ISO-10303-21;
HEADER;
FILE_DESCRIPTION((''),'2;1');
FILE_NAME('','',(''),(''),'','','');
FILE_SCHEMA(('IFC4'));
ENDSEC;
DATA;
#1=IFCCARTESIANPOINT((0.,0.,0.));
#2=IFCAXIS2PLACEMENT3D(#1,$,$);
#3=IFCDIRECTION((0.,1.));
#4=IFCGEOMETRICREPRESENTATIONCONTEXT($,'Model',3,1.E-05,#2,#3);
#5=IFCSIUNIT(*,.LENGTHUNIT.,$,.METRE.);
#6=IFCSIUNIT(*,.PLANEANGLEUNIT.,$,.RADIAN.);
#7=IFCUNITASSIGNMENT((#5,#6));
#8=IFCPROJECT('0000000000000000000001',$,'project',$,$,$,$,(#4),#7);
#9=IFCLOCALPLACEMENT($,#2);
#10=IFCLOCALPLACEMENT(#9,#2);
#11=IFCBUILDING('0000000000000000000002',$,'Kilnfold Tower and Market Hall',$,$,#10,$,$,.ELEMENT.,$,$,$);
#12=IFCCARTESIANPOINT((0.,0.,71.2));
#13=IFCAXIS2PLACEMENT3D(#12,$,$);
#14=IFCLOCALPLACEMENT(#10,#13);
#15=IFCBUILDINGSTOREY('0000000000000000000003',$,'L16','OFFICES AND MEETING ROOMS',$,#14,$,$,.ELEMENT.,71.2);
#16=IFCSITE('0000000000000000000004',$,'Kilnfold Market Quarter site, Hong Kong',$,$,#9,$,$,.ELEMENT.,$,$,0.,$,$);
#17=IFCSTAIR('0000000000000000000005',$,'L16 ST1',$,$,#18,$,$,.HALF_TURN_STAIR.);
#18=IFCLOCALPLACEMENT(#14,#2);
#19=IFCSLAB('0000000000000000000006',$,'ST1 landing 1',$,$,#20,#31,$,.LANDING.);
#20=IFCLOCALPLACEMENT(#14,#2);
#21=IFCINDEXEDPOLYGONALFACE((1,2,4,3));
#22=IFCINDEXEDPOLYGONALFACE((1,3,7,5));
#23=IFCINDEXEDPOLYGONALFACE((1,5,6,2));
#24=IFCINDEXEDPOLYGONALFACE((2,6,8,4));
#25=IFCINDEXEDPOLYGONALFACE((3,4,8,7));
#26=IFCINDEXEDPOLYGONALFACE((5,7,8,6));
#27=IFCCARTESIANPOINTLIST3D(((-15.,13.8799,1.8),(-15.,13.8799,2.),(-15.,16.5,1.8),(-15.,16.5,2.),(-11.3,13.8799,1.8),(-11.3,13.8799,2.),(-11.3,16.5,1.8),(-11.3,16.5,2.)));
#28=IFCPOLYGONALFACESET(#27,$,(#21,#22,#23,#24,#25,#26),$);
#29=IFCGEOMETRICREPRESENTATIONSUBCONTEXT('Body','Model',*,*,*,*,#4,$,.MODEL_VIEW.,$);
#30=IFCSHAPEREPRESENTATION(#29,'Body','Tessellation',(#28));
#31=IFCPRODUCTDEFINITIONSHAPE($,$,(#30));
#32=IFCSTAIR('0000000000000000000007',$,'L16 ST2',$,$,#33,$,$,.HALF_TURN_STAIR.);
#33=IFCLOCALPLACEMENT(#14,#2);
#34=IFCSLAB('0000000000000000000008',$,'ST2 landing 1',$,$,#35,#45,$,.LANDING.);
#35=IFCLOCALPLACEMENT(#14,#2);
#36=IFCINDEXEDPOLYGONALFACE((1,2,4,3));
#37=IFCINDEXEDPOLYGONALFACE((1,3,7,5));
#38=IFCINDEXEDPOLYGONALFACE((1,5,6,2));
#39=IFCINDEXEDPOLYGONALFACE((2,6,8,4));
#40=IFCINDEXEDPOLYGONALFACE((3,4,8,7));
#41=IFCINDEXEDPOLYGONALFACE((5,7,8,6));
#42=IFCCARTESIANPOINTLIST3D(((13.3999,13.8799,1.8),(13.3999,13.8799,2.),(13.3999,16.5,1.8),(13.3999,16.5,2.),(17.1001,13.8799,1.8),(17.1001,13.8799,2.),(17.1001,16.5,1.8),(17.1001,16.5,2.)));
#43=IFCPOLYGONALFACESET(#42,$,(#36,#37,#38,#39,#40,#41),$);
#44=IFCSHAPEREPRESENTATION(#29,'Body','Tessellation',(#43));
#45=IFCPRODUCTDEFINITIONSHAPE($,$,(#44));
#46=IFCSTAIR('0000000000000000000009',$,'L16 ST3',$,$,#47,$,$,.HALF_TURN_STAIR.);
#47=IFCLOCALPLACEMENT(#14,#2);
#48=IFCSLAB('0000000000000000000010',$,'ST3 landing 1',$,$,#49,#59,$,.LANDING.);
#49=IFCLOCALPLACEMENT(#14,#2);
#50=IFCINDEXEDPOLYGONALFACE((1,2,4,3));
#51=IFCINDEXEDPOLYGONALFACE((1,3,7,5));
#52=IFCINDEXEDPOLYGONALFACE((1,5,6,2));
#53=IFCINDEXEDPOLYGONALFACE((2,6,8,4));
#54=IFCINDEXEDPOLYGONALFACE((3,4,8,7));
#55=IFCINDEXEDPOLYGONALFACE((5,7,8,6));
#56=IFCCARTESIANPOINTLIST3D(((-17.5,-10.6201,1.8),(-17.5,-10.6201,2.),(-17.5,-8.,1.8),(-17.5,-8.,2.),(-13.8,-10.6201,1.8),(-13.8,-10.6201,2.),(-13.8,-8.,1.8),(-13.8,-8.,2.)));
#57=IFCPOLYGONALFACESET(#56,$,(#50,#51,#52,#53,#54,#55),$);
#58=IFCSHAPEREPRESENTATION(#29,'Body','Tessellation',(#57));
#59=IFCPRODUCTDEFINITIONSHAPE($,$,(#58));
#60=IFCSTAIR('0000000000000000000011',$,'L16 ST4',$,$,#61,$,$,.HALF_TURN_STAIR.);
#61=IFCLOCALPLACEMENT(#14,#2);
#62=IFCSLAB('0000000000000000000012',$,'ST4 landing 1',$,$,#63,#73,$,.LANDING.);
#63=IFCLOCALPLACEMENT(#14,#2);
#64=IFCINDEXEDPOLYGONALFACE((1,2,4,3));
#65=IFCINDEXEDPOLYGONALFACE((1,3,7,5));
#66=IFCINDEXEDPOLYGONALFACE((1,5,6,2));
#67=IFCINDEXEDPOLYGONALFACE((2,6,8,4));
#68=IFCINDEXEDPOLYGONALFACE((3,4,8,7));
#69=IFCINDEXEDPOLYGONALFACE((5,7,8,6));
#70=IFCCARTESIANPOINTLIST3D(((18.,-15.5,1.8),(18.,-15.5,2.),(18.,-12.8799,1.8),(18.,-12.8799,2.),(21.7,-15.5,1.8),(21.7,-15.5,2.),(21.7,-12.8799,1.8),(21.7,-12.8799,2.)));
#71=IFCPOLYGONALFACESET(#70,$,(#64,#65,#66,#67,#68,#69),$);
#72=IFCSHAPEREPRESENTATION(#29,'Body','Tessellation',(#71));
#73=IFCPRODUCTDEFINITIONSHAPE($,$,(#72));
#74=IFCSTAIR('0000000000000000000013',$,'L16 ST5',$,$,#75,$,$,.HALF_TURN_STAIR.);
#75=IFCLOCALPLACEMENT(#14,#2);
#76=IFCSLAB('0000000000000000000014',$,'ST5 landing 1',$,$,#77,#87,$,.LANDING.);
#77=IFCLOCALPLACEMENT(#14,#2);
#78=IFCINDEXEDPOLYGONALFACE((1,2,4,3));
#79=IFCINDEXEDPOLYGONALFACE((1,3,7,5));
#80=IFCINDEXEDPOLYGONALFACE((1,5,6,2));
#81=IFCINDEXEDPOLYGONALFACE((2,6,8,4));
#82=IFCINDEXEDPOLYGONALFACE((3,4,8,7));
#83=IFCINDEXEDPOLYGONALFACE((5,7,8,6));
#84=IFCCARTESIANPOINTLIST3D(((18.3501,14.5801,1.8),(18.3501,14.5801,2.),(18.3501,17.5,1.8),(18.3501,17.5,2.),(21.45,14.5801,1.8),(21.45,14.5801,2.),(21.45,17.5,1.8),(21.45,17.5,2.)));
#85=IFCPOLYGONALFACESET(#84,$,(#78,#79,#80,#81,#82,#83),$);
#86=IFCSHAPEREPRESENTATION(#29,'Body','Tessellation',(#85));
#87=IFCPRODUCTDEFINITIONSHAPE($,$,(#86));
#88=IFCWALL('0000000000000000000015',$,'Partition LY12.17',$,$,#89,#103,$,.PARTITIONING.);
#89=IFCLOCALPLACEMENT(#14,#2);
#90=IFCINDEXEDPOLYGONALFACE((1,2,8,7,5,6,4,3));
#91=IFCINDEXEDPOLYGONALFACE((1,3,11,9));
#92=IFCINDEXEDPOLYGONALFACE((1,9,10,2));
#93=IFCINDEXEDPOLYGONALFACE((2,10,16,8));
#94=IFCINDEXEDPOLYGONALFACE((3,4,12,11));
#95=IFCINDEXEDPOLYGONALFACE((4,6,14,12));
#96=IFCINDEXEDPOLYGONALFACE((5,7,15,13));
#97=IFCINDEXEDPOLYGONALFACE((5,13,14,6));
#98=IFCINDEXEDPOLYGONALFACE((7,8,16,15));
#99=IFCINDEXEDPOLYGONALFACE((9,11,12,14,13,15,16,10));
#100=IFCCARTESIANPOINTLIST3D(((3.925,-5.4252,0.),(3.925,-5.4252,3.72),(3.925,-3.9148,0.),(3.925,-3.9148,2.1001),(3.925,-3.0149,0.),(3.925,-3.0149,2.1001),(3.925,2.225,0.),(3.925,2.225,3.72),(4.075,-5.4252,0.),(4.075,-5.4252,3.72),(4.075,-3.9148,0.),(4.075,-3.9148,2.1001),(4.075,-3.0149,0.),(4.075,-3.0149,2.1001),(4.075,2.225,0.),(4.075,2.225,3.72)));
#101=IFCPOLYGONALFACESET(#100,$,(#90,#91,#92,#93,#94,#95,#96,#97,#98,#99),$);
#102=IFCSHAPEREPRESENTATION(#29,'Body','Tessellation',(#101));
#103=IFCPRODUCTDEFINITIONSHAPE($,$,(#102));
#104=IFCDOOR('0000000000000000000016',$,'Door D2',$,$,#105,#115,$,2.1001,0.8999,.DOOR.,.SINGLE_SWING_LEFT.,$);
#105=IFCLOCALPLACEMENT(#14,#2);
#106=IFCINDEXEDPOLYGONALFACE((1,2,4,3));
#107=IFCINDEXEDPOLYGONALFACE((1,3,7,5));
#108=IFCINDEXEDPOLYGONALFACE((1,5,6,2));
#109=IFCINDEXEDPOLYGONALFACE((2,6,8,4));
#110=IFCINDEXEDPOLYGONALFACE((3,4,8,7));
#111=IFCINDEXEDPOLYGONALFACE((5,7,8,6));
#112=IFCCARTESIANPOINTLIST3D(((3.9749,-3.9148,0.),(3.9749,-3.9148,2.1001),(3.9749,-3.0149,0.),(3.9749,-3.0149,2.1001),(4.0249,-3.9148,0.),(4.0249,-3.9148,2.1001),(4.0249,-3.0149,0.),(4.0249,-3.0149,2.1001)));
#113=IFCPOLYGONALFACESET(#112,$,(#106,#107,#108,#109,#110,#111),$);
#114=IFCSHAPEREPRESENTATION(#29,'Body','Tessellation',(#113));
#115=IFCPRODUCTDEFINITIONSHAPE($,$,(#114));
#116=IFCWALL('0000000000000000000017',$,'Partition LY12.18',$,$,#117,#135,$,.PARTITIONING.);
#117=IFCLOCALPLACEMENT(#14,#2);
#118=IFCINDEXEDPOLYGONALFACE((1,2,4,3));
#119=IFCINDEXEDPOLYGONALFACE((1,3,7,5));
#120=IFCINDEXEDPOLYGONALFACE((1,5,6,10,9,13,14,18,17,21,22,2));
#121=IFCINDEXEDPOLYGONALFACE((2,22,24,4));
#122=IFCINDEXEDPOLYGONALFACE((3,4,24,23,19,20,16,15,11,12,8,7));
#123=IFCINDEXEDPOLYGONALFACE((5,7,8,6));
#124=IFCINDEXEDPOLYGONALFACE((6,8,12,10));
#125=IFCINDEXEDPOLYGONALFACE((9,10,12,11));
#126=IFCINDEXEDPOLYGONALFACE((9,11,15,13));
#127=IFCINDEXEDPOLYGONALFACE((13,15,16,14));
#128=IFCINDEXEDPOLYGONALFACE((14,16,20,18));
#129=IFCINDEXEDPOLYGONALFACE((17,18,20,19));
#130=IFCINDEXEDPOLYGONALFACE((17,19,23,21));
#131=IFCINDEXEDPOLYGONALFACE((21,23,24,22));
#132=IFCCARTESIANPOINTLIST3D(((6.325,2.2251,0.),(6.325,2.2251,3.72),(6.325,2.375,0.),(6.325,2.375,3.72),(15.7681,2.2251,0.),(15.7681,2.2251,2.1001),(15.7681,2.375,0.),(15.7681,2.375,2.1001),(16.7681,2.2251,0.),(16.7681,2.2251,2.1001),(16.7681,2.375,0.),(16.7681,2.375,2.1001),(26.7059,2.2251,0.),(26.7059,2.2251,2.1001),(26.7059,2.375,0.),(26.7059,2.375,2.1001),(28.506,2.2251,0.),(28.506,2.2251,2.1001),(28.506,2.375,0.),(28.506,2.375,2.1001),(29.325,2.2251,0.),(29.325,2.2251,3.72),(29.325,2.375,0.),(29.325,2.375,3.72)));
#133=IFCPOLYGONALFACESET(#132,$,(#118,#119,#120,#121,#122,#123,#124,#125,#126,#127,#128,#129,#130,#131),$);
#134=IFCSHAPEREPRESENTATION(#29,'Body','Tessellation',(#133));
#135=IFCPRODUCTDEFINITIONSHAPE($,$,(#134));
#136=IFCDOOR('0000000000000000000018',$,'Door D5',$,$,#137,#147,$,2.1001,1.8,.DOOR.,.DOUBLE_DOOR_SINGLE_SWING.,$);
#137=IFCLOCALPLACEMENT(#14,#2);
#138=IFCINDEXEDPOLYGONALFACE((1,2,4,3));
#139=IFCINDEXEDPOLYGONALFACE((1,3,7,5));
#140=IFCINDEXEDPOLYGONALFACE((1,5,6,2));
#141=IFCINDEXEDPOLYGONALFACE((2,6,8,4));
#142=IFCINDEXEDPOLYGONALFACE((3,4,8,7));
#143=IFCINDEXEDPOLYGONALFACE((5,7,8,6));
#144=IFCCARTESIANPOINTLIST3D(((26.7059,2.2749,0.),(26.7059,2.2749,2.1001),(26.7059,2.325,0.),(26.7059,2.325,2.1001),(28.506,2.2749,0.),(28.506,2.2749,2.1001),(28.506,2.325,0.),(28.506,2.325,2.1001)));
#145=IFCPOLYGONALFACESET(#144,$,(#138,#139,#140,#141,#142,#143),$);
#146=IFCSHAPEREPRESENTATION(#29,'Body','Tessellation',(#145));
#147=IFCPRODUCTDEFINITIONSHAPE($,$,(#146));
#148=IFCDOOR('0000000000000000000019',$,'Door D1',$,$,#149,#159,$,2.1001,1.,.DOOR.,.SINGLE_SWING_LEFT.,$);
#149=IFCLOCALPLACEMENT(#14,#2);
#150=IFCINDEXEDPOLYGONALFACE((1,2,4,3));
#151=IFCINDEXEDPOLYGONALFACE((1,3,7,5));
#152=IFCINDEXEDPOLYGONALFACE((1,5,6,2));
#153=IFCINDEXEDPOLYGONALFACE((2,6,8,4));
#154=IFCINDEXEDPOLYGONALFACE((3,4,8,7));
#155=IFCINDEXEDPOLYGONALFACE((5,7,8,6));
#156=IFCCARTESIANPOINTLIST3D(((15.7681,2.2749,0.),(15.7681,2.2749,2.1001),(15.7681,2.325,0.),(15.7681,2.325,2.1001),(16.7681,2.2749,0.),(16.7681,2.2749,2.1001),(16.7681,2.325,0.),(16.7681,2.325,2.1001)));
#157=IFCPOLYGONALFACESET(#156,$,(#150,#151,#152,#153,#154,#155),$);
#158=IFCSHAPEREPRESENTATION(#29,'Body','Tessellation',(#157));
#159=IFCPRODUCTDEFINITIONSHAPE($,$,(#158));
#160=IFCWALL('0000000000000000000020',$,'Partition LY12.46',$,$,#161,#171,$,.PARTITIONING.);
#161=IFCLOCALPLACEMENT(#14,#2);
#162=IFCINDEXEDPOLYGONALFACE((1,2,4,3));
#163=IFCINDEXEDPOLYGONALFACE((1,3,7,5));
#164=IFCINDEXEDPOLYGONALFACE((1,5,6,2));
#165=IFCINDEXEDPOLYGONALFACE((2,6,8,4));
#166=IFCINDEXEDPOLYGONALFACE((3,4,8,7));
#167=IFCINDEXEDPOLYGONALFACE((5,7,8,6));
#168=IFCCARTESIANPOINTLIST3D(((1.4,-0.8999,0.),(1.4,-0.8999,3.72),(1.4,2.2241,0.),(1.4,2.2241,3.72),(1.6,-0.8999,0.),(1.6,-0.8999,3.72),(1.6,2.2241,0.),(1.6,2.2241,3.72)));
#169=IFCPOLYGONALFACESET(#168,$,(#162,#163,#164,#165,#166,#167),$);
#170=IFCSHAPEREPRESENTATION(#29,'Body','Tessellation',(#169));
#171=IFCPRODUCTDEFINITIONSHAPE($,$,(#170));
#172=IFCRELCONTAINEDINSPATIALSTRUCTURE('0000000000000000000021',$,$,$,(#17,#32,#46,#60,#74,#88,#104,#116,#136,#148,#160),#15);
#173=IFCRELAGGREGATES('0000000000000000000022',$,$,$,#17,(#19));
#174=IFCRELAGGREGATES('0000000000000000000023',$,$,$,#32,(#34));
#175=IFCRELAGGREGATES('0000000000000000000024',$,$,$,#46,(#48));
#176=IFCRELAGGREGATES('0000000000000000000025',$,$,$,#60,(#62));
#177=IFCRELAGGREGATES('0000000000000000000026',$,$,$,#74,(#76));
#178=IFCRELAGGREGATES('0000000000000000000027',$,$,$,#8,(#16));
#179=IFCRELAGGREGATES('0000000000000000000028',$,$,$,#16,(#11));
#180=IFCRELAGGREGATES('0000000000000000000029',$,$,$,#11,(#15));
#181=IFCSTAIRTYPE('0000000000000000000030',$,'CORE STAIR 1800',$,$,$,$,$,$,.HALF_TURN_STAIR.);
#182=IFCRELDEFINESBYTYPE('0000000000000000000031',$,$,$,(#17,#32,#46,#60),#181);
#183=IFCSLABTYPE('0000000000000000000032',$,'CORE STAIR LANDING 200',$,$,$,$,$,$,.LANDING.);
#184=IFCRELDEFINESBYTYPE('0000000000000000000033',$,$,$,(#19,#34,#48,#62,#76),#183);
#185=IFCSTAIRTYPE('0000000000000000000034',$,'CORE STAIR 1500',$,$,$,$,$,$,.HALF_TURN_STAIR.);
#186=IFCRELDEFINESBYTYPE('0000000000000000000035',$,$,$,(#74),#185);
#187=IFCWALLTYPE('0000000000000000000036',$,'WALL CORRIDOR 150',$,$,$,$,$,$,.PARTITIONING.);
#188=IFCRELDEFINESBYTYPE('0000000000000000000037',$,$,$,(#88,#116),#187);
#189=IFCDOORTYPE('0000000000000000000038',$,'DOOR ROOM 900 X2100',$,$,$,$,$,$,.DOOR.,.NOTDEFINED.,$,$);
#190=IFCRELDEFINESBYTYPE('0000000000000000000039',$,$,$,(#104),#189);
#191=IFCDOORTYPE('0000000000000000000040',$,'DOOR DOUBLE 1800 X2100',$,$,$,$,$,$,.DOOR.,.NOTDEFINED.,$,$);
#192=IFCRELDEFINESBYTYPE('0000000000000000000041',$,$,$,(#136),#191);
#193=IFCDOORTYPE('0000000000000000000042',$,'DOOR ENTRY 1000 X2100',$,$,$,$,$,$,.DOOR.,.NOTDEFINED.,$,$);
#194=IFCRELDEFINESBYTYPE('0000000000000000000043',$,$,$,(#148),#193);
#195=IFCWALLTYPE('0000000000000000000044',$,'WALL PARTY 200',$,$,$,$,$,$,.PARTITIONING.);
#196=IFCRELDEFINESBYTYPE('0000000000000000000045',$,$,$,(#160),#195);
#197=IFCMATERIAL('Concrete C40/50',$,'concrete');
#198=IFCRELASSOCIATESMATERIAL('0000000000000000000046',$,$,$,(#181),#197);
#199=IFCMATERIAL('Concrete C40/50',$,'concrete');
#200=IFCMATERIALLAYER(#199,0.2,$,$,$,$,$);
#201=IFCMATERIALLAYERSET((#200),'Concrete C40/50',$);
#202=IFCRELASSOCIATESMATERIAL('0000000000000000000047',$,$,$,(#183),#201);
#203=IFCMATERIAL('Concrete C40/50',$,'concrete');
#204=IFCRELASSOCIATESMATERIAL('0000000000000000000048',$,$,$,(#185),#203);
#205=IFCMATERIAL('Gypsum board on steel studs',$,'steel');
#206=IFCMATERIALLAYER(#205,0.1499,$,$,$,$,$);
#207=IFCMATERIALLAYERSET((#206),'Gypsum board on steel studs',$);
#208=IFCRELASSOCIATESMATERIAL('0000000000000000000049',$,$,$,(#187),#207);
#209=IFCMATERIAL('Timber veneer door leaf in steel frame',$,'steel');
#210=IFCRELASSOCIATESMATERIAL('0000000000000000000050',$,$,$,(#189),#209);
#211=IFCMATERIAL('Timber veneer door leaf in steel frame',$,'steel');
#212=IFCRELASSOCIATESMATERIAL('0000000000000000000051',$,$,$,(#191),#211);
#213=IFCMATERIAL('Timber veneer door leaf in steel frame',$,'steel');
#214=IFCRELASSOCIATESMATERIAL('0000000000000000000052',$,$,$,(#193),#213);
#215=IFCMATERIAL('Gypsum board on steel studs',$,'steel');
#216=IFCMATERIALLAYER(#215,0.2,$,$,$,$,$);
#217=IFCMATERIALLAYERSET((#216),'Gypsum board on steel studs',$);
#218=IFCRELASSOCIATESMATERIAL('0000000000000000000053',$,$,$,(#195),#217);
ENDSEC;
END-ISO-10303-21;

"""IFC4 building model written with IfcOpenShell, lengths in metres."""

from ifc_helpers import new_model, si_unit, direction, frame, frame_2d, origin, place, context, subcontext, project, spatial, polyline, rectangle, outline, extrude, source, transform, mapped, material, layer, layer_set, type_object, element, fill, aggregate, save


model = new_model("IFC4")

# Units and contexts
model_context = context("Model", 3, precision=1e-05, world=origin(), true_north=direction((0.0, 1.0)))
body_context = subcontext(model_context, "Body", "Model", "MODEL_VIEW")
ifc_project = project(units=[si_unit("LENGTHUNIT", "METRE"), si_unit("PLANEANGLEUNIT", "RADIAN")], contexts=[model_context])

# Site, building, storey
site_placement = place(None, origin())
site = spatial("IfcSite", under=ifc_project, at=site_placement, Name="Kilnfold Market Quarter site, Hong Kong", CompositionType="ELEMENT", RefElevation=0.0)
building_placement = place(site_placement, origin())
building = spatial("IfcBuilding", under=site, at=building_placement, Name="Kilnfold Tower and Market Hall", CompositionType="ELEMENT")
storey_placement = place(building_placement, frame((0.0, 0.0, 71.2)))
storey = spatial("IfcBuildingStorey", under=building, at=storey_placement, Name="L16", Description="OFFICES AND MEETING ROOMS", CompositionType="ELEMENT", Elevation=71.2)

# Stairs, slabs
ifc_material_1 = material(Name="Concrete C40/50", Category="concrete")
stair_type_1 = type_object("IfcStairType", Name="CORE STAIR 1800", PredefinedType="HALF_TURN_STAIR", material=ifc_material_1)
stair_1_placement = place(storey_placement, origin())
stair_1 = element("IfcStair", 1, at=stair_1_placement, inside=storey, type_object=stair_type_1, Name="L16 ST1", PredefinedType="HALF_TURN_STAIR")
ifc_material_2 = material(Name="Concrete C40/50", Category="concrete")
ifc_layer_1 = layer(ifc_material_2, 0.2)
ifc_layer_set_1 = layer_set([ifc_layer_1], Name="Concrete C40/50")
slab_type = type_object("IfcSlabType", Name="CORE STAIR LANDING 200", PredefinedType="LANDING", material=ifc_layer_set_1)
shared_shape_1 = source(origin(), body_context, "Body", "SweptSolid", [
    extrude(outline(polyline([(-11.3, 13.8799), (-11.3, 16.5), (-15.0, 16.5), (-15.0, 13.8799), (-11.3, 13.8799)])), origin(), (0.0, 0.0, 1.0), 0.2),
])
slab_1_placement = place(storey_placement, frame((0.0, 0.0, 1.8)))
slab_1 = element("IfcSlab", 2, at=slab_1_placement, type_object=slab_type, Name="ST1 landing 1", PredefinedType="LANDING", context=body_context, shape_type="MappedRepresentation", body=[
    mapped(shared_shape_1, transform((0.0, 0.0, 0.0))),
])
aggregate(stair_1, [slab_1])
stair_2_placement = place(storey_placement, origin())
stair_2 = element("IfcStair", 3, at=stair_2_placement, inside=storey, type_object=stair_type_1, Name="L16 ST2", PredefinedType="HALF_TURN_STAIR")
shared_shape_2 = source(origin(), body_context, "Body", "SweptSolid", [
    extrude(outline(polyline([(17.1001, 13.8799), (17.1001, 16.5), (13.3999, 16.5), (13.3999, 13.8799), (17.1001, 13.8799)])), origin(), (0.0, 0.0, 1.0), 0.2),
])
slab_2_placement = place(storey_placement, frame((0.0, 0.0, 1.8)))
slab_2 = element("IfcSlab", 4, at=slab_2_placement, type_object=slab_type, Name="ST2 landing 1", PredefinedType="LANDING", context=body_context, shape_type="MappedRepresentation", body=[
    mapped(shared_shape_2, transform((0.0, 0.0, 0.0))),
])
aggregate(stair_2, [slab_2])
stair_3_placement = place(storey_placement, origin())
stair_3 = element("IfcStair", 5, at=stair_3_placement, inside=storey, type_object=stair_type_1, Name="L16 ST3", PredefinedType="HALF_TURN_STAIR")
shared_shape_3 = source(origin(), body_context, "Body", "SweptSolid", [
    extrude(outline(polyline([(-13.8, -10.6201), (-13.8, -8.0), (-17.5, -8.0), (-17.5, -10.6201), (-13.8, -10.6201)])), origin(), (0.0, 0.0, 1.0), 0.2),
])
slab_3_placement = place(storey_placement, frame((0.0, 0.0, 1.8)))
slab_3 = element("IfcSlab", 6, at=slab_3_placement, type_object=slab_type, Name="ST3 landing 1", PredefinedType="LANDING", context=body_context, shape_type="MappedRepresentation", body=[
    mapped(shared_shape_3, transform((0.0, 0.0, 0.0))),
])
aggregate(stair_3, [slab_3])
stair_4_placement = place(storey_placement, origin())
stair_4 = element("IfcStair", 7, at=stair_4_placement, inside=storey, type_object=stair_type_1, Name="L16 ST4", PredefinedType="HALF_TURN_STAIR")
shared_shape_4 = source(origin(), body_context, "Body", "SweptSolid", [
    extrude(outline(polyline([(18.0, -12.8799), (18.0, -15.5), (21.7, -15.5), (21.7, -12.8799), (18.0, -12.8799)])), origin(), (0.0, 0.0, 1.0), 0.2),
])
slab_4_placement = place(storey_placement, frame((0.0, 0.0, 1.8)))
slab_4 = element("IfcSlab", 8, at=slab_4_placement, type_object=slab_type, Name="ST4 landing 1", PredefinedType="LANDING", context=body_context, shape_type="MappedRepresentation", body=[
    mapped(shared_shape_4, transform((0.0, 0.0, 0.0))),
])
aggregate(stair_4, [slab_4])
ifc_material_3 = material(Name="Concrete C40/50", Category="concrete")
stair_type_2 = type_object("IfcStairType", Name="CORE STAIR 1500", PredefinedType="HALF_TURN_STAIR", material=ifc_material_3)
stair_5_placement = place(storey_placement, origin())
stair_5 = element("IfcStair", 9, at=stair_5_placement, inside=storey, type_object=stair_type_2, Name="L16 ST5", PredefinedType="HALF_TURN_STAIR")
shared_shape_5 = source(origin(), body_context, "Body", "SweptSolid", [
    extrude(outline(polyline([(21.45, 14.5801), (21.45, 17.5), (18.3501, 17.5), (18.3501, 14.5801), (21.45, 14.5801)])), origin(), (0.0, 0.0, 1.0), 0.2),
])
slab_5_placement = place(storey_placement, frame((0.0, 0.0, 1.8)))
slab_5 = element("IfcSlab", 10, at=slab_5_placement, type_object=slab_type, Name="ST5 landing 1", PredefinedType="LANDING", context=body_context, shape_type="MappedRepresentation", body=[
    mapped(shared_shape_5, transform((0.0, 0.0, 0.0))),
])
aggregate(stair_5, [slab_5])

# Wall, opening, door
ifc_material_4 = material(Name="Gypsum board on steel studs", Category="steel")
ifc_layer_2 = layer(ifc_material_4, 0.1499)
ifc_layer_set_2 = layer_set([ifc_layer_2], Name="Gypsum board on steel studs")
wall_type_1 = type_object("IfcWallType", Name="WALL CORRIDOR 150", PredefinedType="PARTITIONING", material=ifc_layer_set_2)
wall_1_placement = place(storey_placement, frame((4.0, 2.2251, 0.0), z_axis=(0.0, 0.0, 1.0), x_axis=(0.0, -1.0, 0.0)))
wall_1 = element("IfcWall", 11, at=wall_1_placement, inside=storey, type_object=wall_type_1, Name="Partition LY12.17", PredefinedType="PARTITIONING", context=body_context, shape_type="SweptSolid", body=[
    extrude(rectangle(XDim=7.6501, YDim=0.1499, at=frame_2d((3.8252, 0.0))), origin(), (0.0, 0.0, 1.0), 3.72),
])
opening_1_placement = place(wall_1_placement, frame((5.24, 0.0, 0.0)))
opening_1 = element("IfcOpeningElement", 12, at=opening_1_placement, cuts=wall_1, PredefinedType="OPENING", context=body_context, shape_type="SweptSolid", body=[
    extrude(rectangle(XDim=0.8999, YDim=2.1001, at=frame_2d((0.45, 1.05))), frame((0.0, 0.085, 0.0), z_axis=(0.0, -1.0, 0.0), x_axis=(1.0, 0.0, 0.0)), (0.0, 0.0, 1.0), 0.1699),
])
ifc_material_5 = material(Name="Timber veneer door leaf in steel frame", Category="steel")
door_type_1 = type_object("IfcDoorType", Name="DOOR ROOM 900 X2100", OperationType="NOTDEFINED", PredefinedType="DOOR", material=ifc_material_5)
door_1_placement = place(opening_1_placement, origin())
door_1 = element("IfcDoor", 13, at=door_1_placement, inside=storey, type_object=door_type_1, Name="Door D2", OperationType="SINGLE_SWING_LEFT", OverallHeight=2.1001, OverallWidth=0.8999, PredefinedType="DOOR", context=body_context, shape_type="SweptSolid", body=[
    extrude(rectangle(XDim=0.8999, YDim=2.1001, at=frame_2d((0.45, 1.05))), frame((0.0, 0.0249, 0.0), z_axis=(0.0, -1.0, 0.0), x_axis=(1.0, 0.0, 0.0)), (0.0, 0.0, 1.0), 0.05),
])
fill(opening_1, door_1)

# Wall, openings, doors
wall_2_placement = place(storey_placement, frame((6.325, 2.3, 0.0), z_axis=(0.0, 0.0, 1.0), x_axis=(1.0, 0.0, 0.0)))
wall_2 = element("IfcWall", 14, at=wall_2_placement, inside=storey, type_object=wall_type_1, Name="Partition LY12.18", PredefinedType="PARTITIONING", context=body_context, shape_type="SweptSolid", body=[
    extrude(rectangle(XDim=23.0, YDim=0.1499, at=frame_2d((11.5, 0.0))), origin(), (0.0, 0.0, 1.0), 3.72),
])
opening_2_placement = place(wall_2_placement, frame((9.4431, 0.0, 0.0)))
opening_2 = element("IfcOpeningElement", 15, at=opening_2_placement, cuts=wall_2, PredefinedType="OPENING", context=body_context, shape_type="SweptSolid", body=[
    extrude(rectangle(XDim=1.0, YDim=2.1001, at=frame_2d((0.5, 1.05))), frame((0.0, 0.085, 0.0), z_axis=(0.0, -1.0, 0.0), x_axis=(1.0, 0.0, 0.0)), (0.0, 0.0, 1.0), 0.1699),
])
opening_3_placement = place(wall_2_placement, frame((20.3811, 0.0, 0.0)))
opening_3 = element("IfcOpeningElement", 16, at=opening_3_placement, cuts=wall_2, PredefinedType="OPENING", context=body_context, shape_type="SweptSolid", body=[
    extrude(rectangle(XDim=1.8, YDim=2.1001, at=frame_2d((0.8999, 1.05))), frame((0.0, 0.085, 0.0), z_axis=(0.0, -1.0, 0.0), x_axis=(1.0, 0.0, 0.0)), (0.0, 0.0, 1.0), 0.1699),
])
ifc_material_6 = material(Name="Timber veneer door leaf in steel frame", Category="steel")
door_type_2 = type_object("IfcDoorType", Name="DOOR DOUBLE 1800 X2100", OperationType="NOTDEFINED", PredefinedType="DOOR", material=ifc_material_6)
door_2_placement = place(opening_3_placement, origin())
door_2 = element("IfcDoor", 17, at=door_2_placement, inside=storey, type_object=door_type_2, Name="Door D5", OperationType="DOUBLE_DOOR_SINGLE_SWING", OverallHeight=2.1001, OverallWidth=1.8, PredefinedType="DOOR", context=body_context, shape_type="SweptSolid", body=[
    extrude(rectangle(XDim=1.8, YDim=2.1001, at=frame_2d((0.8999, 1.05))), frame((0.0, 0.0249, 0.0), z_axis=(0.0, -1.0, 0.0), x_axis=(1.0, 0.0, 0.0)), (0.0, 0.0, 1.0), 0.05),
])
fill(opening_3, door_2)
ifc_material_7 = material(Name="Timber veneer door leaf in steel frame", Category="steel")
door_type_3 = type_object("IfcDoorType", Name="DOOR ENTRY 1000 X2100", OperationType="NOTDEFINED", PredefinedType="DOOR", material=ifc_material_7)
door_3_placement = place(opening_2_placement, origin())
door_3 = element("IfcDoor", 18, at=door_3_placement, inside=storey, type_object=door_type_3, Name="Door D1", OperationType="SINGLE_SWING_LEFT", OverallHeight=2.1001, OverallWidth=1.0, PredefinedType="DOOR", context=body_context, shape_type="SweptSolid", body=[
    extrude(rectangle(XDim=1.0, YDim=2.1001, at=frame_2d((0.5, 1.05))), frame((0.0, 0.0249, 0.0), z_axis=(0.0, -1.0, 0.0), x_axis=(1.0, 0.0, 0.0)), (0.0, 0.0, 1.0), 0.05),
])
fill(opening_2, door_3)

# Wall
ifc_material_8 = material(Name="Gypsum board on steel studs", Category="steel")
ifc_layer_3 = layer(ifc_material_8, 0.2)
ifc_layer_set_3 = layer_set([ifc_layer_3], Name="Gypsum board on steel studs")
wall_type_2 = type_object("IfcWallType", Name="WALL PARTY 200", PredefinedType="PARTITIONING", material=ifc_layer_set_3)
wall_3_placement = place(storey_placement, frame((1.5, -0.8999, 0.0), z_axis=(0.0, 0.0, 1.0), x_axis=(0.0, 1.0, 0.0)))
element("IfcWall", 19, at=wall_3_placement, inside=storey, type_object=wall_type_2, Name="Partition LY12.46", PredefinedType="PARTITIONING", context=body_context, shape_type="SweptSolid", body=[
    extrude(rectangle(XDim=3.124, YDim=0.2, at=frame_2d((1.562, 0.0))), origin(), (0.0, 0.0, 1.0), 3.72),
])

save(model, "model.ifc")
